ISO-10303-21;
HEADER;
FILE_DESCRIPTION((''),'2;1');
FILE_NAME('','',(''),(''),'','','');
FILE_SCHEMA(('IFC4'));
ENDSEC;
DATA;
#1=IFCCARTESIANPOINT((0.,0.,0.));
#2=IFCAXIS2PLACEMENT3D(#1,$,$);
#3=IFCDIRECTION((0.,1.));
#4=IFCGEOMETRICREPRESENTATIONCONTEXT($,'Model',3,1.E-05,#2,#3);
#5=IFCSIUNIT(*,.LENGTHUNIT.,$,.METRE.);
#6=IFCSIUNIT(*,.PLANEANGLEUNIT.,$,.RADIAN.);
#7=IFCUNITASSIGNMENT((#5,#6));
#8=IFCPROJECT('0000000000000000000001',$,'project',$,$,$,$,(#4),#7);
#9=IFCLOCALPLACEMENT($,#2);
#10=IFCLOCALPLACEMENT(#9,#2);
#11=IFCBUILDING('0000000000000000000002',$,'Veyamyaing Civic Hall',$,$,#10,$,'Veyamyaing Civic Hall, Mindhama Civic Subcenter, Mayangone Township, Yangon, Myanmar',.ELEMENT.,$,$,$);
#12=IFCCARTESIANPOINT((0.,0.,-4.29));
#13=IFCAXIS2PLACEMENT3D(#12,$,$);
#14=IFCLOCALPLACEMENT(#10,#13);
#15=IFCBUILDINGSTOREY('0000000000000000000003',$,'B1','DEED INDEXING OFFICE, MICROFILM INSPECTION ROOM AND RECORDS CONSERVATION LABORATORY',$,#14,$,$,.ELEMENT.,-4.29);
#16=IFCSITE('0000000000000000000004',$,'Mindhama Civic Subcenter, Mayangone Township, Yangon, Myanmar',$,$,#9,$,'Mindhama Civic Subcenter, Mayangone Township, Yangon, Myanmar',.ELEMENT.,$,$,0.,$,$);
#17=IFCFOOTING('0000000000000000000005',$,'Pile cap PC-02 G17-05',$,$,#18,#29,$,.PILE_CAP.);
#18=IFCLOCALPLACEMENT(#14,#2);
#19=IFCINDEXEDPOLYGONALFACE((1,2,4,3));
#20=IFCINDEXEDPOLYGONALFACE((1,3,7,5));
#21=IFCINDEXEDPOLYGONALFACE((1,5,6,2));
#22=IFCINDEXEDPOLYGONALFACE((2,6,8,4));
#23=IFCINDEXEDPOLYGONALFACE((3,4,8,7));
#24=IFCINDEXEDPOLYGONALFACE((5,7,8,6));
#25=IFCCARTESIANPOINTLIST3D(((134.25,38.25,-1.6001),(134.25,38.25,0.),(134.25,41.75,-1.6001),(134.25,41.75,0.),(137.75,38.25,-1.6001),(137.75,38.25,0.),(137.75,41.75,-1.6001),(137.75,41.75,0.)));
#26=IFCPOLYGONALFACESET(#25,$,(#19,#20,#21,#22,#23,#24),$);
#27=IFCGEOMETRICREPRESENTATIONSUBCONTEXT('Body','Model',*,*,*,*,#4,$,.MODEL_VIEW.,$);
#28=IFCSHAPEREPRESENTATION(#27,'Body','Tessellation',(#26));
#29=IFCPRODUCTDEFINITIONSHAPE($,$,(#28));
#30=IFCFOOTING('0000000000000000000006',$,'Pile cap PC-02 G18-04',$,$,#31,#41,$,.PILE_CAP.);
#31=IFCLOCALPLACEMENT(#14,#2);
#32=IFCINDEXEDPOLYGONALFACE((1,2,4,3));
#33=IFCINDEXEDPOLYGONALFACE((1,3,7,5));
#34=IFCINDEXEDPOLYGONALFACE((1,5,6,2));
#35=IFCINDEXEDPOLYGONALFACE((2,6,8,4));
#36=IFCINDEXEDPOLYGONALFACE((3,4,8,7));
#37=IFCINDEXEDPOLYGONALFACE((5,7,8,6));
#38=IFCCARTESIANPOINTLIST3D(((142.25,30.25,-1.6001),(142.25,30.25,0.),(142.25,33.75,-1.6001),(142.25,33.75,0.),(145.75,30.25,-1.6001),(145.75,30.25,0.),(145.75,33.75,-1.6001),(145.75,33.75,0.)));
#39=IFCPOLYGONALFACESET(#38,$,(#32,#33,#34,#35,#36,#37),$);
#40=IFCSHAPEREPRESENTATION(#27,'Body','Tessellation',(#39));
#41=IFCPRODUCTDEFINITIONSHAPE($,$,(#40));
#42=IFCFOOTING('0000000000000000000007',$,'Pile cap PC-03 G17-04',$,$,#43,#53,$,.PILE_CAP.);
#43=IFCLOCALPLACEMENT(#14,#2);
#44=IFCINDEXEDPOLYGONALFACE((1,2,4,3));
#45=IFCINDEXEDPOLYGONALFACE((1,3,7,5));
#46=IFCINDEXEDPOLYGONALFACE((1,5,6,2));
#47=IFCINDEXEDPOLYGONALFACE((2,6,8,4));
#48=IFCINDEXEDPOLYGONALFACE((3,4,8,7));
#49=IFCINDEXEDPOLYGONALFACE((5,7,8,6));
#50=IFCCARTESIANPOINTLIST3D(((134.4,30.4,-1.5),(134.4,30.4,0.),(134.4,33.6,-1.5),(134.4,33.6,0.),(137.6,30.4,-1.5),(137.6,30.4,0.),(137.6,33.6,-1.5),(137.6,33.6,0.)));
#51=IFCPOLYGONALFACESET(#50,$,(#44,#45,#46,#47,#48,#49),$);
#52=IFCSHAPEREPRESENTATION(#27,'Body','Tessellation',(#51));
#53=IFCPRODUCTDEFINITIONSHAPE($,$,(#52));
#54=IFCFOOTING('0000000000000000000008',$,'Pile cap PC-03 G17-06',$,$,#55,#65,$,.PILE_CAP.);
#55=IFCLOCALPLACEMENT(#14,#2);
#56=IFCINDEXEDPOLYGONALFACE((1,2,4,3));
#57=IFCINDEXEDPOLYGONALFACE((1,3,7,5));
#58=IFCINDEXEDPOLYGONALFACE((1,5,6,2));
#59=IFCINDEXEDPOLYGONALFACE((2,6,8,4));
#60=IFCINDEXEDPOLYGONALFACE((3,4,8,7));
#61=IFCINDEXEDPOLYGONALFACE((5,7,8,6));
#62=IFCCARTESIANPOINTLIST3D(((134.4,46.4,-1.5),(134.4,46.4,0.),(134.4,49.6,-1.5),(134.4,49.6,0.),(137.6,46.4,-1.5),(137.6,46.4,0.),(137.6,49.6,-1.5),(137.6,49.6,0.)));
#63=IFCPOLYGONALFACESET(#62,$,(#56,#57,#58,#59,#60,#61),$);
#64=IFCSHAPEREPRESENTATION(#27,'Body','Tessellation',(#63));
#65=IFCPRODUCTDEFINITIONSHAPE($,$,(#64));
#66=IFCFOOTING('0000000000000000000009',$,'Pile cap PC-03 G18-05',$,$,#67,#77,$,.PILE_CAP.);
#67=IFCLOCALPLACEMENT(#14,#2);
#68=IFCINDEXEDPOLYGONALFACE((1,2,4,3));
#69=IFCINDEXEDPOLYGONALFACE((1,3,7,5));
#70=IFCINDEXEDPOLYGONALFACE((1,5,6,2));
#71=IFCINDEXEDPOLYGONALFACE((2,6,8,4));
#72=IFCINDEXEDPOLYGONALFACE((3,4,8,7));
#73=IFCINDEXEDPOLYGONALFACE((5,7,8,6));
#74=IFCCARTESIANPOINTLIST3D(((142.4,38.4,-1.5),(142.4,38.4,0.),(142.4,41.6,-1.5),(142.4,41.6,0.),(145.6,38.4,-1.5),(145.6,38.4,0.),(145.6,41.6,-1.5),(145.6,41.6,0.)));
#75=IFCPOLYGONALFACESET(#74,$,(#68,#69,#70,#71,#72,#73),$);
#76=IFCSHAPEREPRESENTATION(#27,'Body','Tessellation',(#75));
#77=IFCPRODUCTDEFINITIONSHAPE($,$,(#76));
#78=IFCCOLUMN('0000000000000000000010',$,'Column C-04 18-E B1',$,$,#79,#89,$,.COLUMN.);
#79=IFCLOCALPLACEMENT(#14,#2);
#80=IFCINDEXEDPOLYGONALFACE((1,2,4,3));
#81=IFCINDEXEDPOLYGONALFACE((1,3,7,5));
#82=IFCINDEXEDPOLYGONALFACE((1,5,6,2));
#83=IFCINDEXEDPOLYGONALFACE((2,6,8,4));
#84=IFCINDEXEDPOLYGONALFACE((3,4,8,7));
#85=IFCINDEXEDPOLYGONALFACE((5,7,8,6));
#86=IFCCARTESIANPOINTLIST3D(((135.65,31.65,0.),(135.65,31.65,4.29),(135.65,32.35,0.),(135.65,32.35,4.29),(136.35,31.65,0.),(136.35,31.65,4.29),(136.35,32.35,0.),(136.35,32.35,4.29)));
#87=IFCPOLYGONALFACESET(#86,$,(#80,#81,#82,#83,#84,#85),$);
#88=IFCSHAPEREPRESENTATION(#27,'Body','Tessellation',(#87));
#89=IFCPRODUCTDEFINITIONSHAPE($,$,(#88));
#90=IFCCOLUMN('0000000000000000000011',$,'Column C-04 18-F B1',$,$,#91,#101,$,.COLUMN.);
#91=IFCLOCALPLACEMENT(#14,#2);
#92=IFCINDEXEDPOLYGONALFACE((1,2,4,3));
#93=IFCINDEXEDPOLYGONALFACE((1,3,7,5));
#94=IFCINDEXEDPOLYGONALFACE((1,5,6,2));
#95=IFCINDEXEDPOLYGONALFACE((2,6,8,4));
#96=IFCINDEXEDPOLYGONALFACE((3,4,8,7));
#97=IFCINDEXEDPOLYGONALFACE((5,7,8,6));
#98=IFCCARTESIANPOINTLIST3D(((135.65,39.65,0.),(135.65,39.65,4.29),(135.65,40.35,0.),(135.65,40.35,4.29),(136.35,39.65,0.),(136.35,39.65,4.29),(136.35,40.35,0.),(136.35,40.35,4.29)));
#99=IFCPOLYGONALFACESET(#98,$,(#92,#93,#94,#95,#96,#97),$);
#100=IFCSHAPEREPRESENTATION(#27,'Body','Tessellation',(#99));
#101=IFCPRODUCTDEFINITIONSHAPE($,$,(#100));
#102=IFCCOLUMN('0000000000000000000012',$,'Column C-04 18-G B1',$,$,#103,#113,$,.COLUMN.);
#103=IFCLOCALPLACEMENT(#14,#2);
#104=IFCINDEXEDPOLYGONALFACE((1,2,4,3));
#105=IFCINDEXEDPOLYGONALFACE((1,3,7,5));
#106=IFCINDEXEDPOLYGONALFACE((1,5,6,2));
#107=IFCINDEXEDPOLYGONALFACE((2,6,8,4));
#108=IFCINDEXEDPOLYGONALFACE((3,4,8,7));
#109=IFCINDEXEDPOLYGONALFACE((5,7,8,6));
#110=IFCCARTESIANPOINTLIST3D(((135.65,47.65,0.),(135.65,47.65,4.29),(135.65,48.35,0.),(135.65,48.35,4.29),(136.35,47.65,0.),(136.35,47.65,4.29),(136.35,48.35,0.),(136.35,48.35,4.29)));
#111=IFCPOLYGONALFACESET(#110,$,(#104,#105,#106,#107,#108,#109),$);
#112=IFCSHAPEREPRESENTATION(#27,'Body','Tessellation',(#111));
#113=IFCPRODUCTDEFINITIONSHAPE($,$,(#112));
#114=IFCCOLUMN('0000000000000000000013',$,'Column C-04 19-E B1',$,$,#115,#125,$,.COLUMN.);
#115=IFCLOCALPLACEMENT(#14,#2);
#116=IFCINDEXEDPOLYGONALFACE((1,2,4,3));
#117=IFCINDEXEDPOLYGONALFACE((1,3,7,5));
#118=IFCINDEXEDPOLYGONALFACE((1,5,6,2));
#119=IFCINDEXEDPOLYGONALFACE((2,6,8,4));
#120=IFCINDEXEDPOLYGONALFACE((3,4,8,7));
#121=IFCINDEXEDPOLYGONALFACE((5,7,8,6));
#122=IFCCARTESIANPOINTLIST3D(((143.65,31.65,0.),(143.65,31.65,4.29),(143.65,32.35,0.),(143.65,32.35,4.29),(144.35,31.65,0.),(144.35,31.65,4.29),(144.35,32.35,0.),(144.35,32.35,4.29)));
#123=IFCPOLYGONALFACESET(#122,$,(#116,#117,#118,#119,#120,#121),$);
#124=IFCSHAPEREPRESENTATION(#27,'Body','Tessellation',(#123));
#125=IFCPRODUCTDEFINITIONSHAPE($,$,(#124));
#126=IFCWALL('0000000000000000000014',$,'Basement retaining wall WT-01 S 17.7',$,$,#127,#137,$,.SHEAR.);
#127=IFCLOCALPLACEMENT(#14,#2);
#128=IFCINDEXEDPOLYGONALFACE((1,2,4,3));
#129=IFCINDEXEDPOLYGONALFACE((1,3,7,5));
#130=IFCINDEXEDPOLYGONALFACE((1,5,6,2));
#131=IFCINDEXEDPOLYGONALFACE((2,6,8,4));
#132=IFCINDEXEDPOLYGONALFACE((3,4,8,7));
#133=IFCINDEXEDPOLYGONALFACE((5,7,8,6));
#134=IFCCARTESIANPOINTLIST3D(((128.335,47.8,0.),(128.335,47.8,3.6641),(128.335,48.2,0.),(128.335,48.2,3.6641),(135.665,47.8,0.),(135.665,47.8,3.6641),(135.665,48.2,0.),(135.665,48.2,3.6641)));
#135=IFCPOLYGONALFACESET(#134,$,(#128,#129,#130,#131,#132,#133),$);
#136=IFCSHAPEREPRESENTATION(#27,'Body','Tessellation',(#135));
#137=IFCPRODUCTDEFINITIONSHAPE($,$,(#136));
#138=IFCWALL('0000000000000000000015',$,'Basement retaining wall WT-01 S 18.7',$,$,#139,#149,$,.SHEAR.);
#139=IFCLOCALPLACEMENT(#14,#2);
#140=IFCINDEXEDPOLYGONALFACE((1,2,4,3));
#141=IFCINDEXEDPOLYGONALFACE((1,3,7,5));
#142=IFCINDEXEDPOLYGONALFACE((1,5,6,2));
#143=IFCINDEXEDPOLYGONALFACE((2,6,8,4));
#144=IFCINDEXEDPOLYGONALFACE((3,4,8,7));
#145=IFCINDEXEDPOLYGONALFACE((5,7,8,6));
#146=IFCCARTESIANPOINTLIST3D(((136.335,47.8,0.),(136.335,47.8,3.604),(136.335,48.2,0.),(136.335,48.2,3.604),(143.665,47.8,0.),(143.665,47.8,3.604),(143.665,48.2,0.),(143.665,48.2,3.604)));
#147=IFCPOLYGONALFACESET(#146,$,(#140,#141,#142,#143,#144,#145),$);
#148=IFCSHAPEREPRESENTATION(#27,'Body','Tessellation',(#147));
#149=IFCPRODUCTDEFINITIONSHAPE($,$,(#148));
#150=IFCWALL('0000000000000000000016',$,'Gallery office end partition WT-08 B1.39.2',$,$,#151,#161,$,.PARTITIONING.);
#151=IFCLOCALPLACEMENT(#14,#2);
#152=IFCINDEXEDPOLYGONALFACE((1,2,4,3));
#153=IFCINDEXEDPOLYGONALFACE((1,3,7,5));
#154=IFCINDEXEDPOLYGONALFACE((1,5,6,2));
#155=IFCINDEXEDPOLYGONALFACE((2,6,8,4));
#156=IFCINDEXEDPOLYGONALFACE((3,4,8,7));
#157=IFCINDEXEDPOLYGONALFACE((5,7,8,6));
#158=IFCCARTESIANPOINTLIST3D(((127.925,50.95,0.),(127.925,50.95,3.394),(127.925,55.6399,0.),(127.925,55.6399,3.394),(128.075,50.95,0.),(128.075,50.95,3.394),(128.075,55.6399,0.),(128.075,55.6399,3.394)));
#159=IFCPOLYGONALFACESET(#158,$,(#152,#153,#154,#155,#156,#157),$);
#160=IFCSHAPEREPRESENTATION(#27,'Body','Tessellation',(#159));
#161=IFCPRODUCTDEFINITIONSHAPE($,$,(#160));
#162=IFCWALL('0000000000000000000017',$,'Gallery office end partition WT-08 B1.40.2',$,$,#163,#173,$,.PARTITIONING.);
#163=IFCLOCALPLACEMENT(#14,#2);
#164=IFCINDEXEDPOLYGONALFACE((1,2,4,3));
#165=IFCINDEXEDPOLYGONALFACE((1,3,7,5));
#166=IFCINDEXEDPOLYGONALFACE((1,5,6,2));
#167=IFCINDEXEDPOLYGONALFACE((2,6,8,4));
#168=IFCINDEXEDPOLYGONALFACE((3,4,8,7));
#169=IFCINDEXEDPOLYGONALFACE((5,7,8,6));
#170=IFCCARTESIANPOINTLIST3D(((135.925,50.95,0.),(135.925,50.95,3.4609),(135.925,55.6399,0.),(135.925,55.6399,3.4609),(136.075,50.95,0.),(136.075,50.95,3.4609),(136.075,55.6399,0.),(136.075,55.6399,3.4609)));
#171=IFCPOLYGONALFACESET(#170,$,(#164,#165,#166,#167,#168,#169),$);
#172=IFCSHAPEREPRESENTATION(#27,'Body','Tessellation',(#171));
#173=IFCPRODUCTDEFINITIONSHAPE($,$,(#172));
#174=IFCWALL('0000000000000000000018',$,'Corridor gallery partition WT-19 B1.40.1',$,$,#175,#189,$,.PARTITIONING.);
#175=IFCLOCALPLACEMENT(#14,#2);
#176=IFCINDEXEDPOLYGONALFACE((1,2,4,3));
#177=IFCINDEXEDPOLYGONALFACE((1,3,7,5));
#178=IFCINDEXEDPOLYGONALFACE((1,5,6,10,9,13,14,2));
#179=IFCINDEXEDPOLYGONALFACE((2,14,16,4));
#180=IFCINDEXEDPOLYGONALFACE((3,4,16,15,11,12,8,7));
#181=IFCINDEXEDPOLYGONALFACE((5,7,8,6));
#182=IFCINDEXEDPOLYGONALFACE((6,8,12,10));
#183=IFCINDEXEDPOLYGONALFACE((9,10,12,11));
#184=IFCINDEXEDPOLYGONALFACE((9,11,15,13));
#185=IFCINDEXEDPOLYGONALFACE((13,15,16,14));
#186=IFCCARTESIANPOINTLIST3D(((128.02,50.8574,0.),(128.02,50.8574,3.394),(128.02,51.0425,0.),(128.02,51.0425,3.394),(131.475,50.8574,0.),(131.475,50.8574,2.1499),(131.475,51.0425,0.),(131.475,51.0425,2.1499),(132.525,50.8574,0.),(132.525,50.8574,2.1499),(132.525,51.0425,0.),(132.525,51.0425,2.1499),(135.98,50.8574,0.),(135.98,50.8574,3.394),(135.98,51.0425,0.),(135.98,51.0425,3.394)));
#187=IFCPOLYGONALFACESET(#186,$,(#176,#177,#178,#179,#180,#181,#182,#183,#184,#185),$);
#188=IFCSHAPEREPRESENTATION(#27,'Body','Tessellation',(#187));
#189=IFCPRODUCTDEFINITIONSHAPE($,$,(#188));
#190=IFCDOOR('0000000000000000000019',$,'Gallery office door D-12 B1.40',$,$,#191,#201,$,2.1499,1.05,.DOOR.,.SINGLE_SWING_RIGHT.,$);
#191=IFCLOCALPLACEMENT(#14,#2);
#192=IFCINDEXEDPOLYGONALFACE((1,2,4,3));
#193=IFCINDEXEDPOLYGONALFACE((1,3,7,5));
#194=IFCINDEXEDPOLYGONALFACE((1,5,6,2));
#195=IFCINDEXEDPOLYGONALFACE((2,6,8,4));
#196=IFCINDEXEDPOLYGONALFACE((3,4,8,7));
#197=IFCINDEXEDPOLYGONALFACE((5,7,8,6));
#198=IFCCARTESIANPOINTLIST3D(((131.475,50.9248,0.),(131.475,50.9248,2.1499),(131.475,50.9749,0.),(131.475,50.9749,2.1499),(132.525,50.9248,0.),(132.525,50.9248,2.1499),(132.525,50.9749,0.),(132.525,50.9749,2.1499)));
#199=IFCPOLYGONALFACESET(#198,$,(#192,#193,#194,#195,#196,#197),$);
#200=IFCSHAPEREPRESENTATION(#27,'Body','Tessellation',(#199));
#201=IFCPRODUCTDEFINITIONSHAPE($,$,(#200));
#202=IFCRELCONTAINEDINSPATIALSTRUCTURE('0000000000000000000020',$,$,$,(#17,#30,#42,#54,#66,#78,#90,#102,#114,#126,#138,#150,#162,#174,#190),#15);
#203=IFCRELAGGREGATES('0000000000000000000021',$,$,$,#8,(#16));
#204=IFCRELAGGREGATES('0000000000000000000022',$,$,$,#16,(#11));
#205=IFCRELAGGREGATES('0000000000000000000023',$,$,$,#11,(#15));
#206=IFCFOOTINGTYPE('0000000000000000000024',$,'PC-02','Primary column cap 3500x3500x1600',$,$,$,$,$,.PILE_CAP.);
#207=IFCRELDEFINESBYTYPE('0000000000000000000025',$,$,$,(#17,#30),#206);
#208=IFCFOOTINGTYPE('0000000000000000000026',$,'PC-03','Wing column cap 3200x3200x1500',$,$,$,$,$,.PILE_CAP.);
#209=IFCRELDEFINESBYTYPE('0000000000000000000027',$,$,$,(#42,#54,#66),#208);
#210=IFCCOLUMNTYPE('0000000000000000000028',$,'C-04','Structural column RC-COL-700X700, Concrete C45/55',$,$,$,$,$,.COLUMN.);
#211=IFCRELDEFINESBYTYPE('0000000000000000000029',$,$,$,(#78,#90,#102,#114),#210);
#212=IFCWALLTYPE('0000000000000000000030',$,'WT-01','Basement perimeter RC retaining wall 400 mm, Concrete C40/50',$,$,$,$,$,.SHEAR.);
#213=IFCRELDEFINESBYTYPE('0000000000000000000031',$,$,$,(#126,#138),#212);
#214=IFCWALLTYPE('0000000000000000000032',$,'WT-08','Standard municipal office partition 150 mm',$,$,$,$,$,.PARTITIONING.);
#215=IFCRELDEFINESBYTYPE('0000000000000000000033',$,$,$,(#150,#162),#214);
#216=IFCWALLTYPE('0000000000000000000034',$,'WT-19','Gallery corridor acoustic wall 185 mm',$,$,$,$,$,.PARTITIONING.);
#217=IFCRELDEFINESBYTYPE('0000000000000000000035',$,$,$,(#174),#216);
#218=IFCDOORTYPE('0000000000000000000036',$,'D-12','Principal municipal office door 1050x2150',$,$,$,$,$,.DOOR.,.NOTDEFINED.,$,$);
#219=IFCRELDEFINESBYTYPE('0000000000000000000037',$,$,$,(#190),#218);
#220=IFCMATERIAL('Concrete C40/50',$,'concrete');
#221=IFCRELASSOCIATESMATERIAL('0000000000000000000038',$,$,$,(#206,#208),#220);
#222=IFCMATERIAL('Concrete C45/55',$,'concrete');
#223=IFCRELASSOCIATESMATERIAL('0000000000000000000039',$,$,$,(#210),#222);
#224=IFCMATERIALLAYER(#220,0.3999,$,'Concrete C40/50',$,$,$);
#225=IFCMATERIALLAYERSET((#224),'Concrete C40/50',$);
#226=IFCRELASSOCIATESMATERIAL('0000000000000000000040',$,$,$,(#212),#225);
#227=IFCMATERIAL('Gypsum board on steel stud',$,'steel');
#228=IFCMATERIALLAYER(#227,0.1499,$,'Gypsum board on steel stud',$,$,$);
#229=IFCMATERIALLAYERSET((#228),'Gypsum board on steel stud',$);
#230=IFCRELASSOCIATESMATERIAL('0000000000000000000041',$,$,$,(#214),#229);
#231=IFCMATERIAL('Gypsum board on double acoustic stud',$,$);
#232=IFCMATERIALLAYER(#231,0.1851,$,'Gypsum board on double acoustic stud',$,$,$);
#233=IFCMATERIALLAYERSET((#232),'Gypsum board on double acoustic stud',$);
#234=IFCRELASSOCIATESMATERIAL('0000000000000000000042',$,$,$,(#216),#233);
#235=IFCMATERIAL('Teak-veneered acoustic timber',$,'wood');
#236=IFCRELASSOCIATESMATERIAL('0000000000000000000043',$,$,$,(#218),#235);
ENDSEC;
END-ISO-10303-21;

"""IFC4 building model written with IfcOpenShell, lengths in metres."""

from ifc_helpers import new_model, si_unit, direction, frame, frame_2d, origin, origin_2d, place, context, subcontext, project, spatial, rectangle, extrude, material, layer, layer_set, material_profile, profile_set, type_object, element, fill, save


model = new_model("IFC4")

# Units and contexts
model_context = context("Model", 3, precision=1e-05, world=origin(), true_north=direction((0.0, 1.0)))
body_context = subcontext(model_context, "Body", "Model", "MODEL_VIEW")
ifc_project = project(units=[si_unit("LENGTHUNIT", "METRE"), si_unit("PLANEANGLEUNIT", "RADIAN")], contexts=[model_context])

# Site, building, storey
site_placement = place(None, origin())
site = spatial("IfcSite", under=ifc_project, at=site_placement, Name="Mindhama Civic Subcenter, Mayangone Township, Yangon, Myanmar", LongName="Mindhama Civic Subcenter, Mayangone Township, Yangon, Myanmar", CompositionType="ELEMENT", RefElevation=0.0)
building_placement = place(site_placement, origin())
building = spatial("IfcBuilding", under=site, at=building_placement, Name="Veyamyaing Civic Hall", LongName="Veyamyaing Civic Hall, Mindhama Civic Subcenter, Mayangone Township, Yangon, Myanmar", CompositionType="ELEMENT")
storey_placement = place(building_placement, frame((0.0, 0.0, -4.29)))
storey = spatial("IfcBuildingStorey", under=building, at=storey_placement, Name="B1", Description="DEED INDEXING OFFICE, MICROFILM INSPECTION ROOM AND RECORDS CONSERVATION LABORATORY", CompositionType="ELEMENT", Elevation=-4.29)

# Shared definitions
ifc_material_1 = material(Name="Concrete C40/50", Category="concrete")

# Footings
footing_type_1 = type_object("IfcFootingType", Name="PC-02", Description="Primary column cap 3500x3500x1600", PredefinedType="PILE_CAP", material=ifc_material_1)
for number, where, z_axis, x_axis, name in (
    (1, (136.0, 40.0, -1.6001), (0.0, 0.0, 1.0), (1.0, 0.0, 0.0), "Pile cap PC-02 G17-05"),
    (2, (144.0, 32.0, -1.6001), (0.0, 0.0, 1.0), (1.0, 0.0, 0.0), "Pile cap PC-02 G18-04"),
):
    element("IfcFooting", number, at=place(storey_placement, frame(where, z_axis=z_axis, x_axis=x_axis)), inside=storey, type_object=footing_type_1, Name=name, PredefinedType="PILE_CAP", context=body_context, shape_type="SweptSolid", body=[
        extrude(rectangle(XDim=3.5, YDim=3.5, at=origin_2d()), origin(), (0.0, 0.0, 1.0), 1.6001),
    ])
footing_type_2 = type_object("IfcFootingType", Name="PC-03", Description="Wing column cap 3200x3200x1500", PredefinedType="PILE_CAP", material=ifc_material_1)
for number, where, z_axis, x_axis, name in (
    (3, (136.0, 32.0, -1.5), (0.0, 0.0, 1.0), (1.0, 0.0, 0.0), "Pile cap PC-03 G17-04"),
    (4, (136.0, 48.0, -1.5), (0.0, 0.0, 1.0), (1.0, 0.0, 0.0), "Pile cap PC-03 G17-06"),
    (5, (144.0, 40.0, -1.5), (0.0, 0.0, 1.0), (1.0, 0.0, 0.0), "Pile cap PC-03 G18-05"),
):
    element("IfcFooting", number, at=place(storey_placement, frame(where, z_axis=z_axis, x_axis=x_axis)), inside=storey, type_object=footing_type_2, Name=name, PredefinedType="PILE_CAP", context=body_context, shape_type="SweptSolid", body=[
        extrude(rectangle(XDim=3.2, YDim=3.2, at=origin_2d()), origin(), (0.0, 0.0, 1.0), 1.5),
    ])

# Columns
ifc_material_2 = material(Name="Concrete C45/55", Category="concrete")
ifc_material_profile_1 = material_profile(ifc_material_2, rectangle(XDim=0.7, YDim=0.7, at=origin_2d()), Name="RC-COL-700X700")
ifc_profile_set_1 = profile_set([ifc_material_profile_1], Name="Concrete C45/55")
column_type = type_object("IfcColumnType", Name="C-04", Description="Structural column RC-COL-700X700, Concrete C45/55", PredefinedType="COLUMN", material=ifc_profile_set_1)
for number, where, z_axis, x_axis, name in (
    (6, (136.0, 32.0, 0.0), (0.0, 0.0, 1.0), (1.0, 0.0, 0.0), "Column C-04 18-E B1"),
    (7, (136.0, 40.0, 0.0), (0.0, 0.0, 1.0), (1.0, 0.0, 0.0), "Column C-04 18-F B1"),
    (8, (136.0, 48.0, 0.0), (0.0, 0.0, 1.0), (1.0, 0.0, 0.0), "Column C-04 18-G B1"),
    (9, (144.0, 32.0, 0.0), (0.0, 0.0, 1.0), (1.0, 0.0, 0.0), "Column C-04 19-E B1"),
):
    element("IfcColumn", number, at=place(storey_placement, frame(where, z_axis=z_axis, x_axis=x_axis)), inside=storey, type_object=column_type, Name=name, PredefinedType="COLUMN", context=body_context, shape_type="SweptSolid", body=[
        extrude(rectangle(XDim=0.7, YDim=0.7, at=origin_2d()), origin(), (0.0, 0.0, 1.0), 4.29),
    ])

# Walls
ifc_layer_1 = layer(ifc_material_1, 0.3999, Name="Concrete C40/50")
ifc_layer_set_1 = layer_set([ifc_layer_1], Name="Concrete C40/50")
wall_type_1 = type_object("IfcWallType", Name="WT-01", Description="Basement perimeter RC retaining wall 400 mm, Concrete C40/50", PredefinedType="SHEAR", material=ifc_layer_set_1)
wall_1_placement = place(storey_placement, frame((128.335, 48.0, 0.0), z_axis=(0.0, 0.0, 1.0), x_axis=(1.0, 0.0, 0.0)))
element("IfcWall", 10, at=wall_1_placement, inside=storey, type_object=wall_type_1, Name="Basement retaining wall WT-01 S 17.7", PredefinedType="SHEAR", context=body_context, shape_type="SweptSolid", body=[
    extrude(rectangle(XDim=7.3301, YDim=0.3999, at=frame_2d((3.665, 0.0))), origin(), (0.0, 0.0, 1.0), 3.6641),
])
wall_2_placement = place(storey_placement, frame((136.335, 48.0, 0.0), z_axis=(0.0, 0.0, 1.0), x_axis=(1.0, 0.0, 0.0)))
element("IfcWall", 11, at=wall_2_placement, inside=storey, type_object=wall_type_1, Name="Basement retaining wall WT-01 S 18.7", PredefinedType="SHEAR", context=body_context, shape_type="SweptSolid", body=[
    extrude(rectangle(XDim=7.3301, YDim=0.3999, at=frame_2d((3.665, 0.0))), origin(), (0.0, 0.0, 1.0), 3.604),
])
ifc_material_3 = material(Name="Gypsum board on steel stud", Category="steel")
ifc_layer_2 = layer(ifc_material_3, 0.1499, Name="Gypsum board on steel stud")
ifc_layer_set_2 = layer_set([ifc_layer_2], Name="Gypsum board on steel stud")
wall_type_2 = type_object("IfcWallType", Name="WT-08", Description="Standard municipal office partition 150 mm", PredefinedType="PARTITIONING", material=ifc_layer_set_2)
wall_3_placement = place(storey_placement, frame((128.0, 50.95, 0.0), z_axis=(0.0, 0.0, 1.0), x_axis=(0.0, 1.0, 0.0)))
element("IfcWall", 12, at=wall_3_placement, inside=storey, type_object=wall_type_2, Name="Gallery office end partition WT-08 B1.39.2", PredefinedType="PARTITIONING", context=body_context, shape_type="SweptSolid", body=[
    extrude(rectangle(XDim=4.6899, YDim=0.1499, at=frame_2d((2.345, 0.0))), origin(), (0.0, 0.0, 1.0), 3.394),
])
wall_4_placement = place(storey_placement, frame((136.0, 50.95, 0.0), z_axis=(0.0, 0.0, 1.0), x_axis=(0.0, 1.0, 0.0)))
element("IfcWall", 13, at=wall_4_placement, inside=storey, type_object=wall_type_2, Name="Gallery office end partition WT-08 B1.40.2", PredefinedType="PARTITIONING", context=body_context, shape_type="SweptSolid", body=[
    extrude(rectangle(XDim=4.6899, YDim=0.1499, at=frame_2d((2.345, 0.0))), origin(), (0.0, 0.0, 1.0), 3.4609),
])

# Wall, opening, door
ifc_material_4 = material(Name="Gypsum board on double acoustic stud")
ifc_layer_3 = layer(ifc_material_4, 0.1851, Name="Gypsum board on double acoustic stud")
ifc_layer_set_3 = layer_set([ifc_layer_3], Name="Gypsum board on double acoustic stud")
wall_type_3 = type_object("IfcWallType", Name="WT-19", Description="Gallery corridor acoustic wall 185 mm", PredefinedType="PARTITIONING", material=ifc_layer_set_3)
wall_5_placement = place(storey_placement, frame((128.02, 50.95, 0.0), z_axis=(0.0, 0.0, 1.0), x_axis=(1.0, 0.0, 0.0)))
wall_5 = element("IfcWall", 14, at=wall_5_placement, inside=storey, type_object=wall_type_3, Name="Corridor gallery partition WT-19 B1.40.1", PredefinedType="PARTITIONING", context=body_context, shape_type="SweptSolid", body=[
    extrude(rectangle(XDim=7.96, YDim=0.1851, at=frame_2d((3.98, 0.0))), origin(), (0.0, 0.0, 1.0), 3.394),
])
opening_1_placement = place(wall_5_placement, frame((3.4551, 0.0, 0.0)))
opening_1 = element("IfcOpeningElement", 15, at=opening_1_placement, cuts=wall_5, PredefinedType="OPENING", context=body_context, shape_type="SweptSolid", body=[
    extrude(rectangle(XDim=1.05, YDim=2.1499, at=frame_2d((0.5249, 1.075))), frame((0.0, 0.1025, 0.0), z_axis=(0.0, -1.0, 0.0), x_axis=(1.0, 0.0, 0.0)), (0.0, 0.0, 1.0), 0.2051),
])
ifc_material_5 = material(Name="Teak-veneered acoustic timber", Category="wood")
door_type_1 = type_object("IfcDoorType", Name="D-12", Description="Principal municipal office door 1050x2150", OperationType="NOTDEFINED", PredefinedType="DOOR", material=ifc_material_5)
door_1_placement = place(opening_1_placement, origin())
door_1 = element("IfcDoor", 16, at=door_1_placement, inside=storey, type_object=door_type_1, Name="Gallery office door D-12 B1.40", OperationType="SINGLE_SWING_RIGHT", OverallHeight=2.1499, OverallWidth=1.05, PredefinedType="DOOR", context=body_context, shape_type="SweptSolid", body=[
    extrude(rectangle(XDim=1.05, YDim=2.1499, at=frame_2d((0.5249, 1.075))), frame((0.0, 0.0249, 0.0), z_axis=(0.0, -1.0, 0.0), x_axis=(1.0, 0.0, 0.0)), (0.0, 0.0, 1.0), 0.05),
])
fill(opening_1, door_1)

save(model, "model.ifc")
